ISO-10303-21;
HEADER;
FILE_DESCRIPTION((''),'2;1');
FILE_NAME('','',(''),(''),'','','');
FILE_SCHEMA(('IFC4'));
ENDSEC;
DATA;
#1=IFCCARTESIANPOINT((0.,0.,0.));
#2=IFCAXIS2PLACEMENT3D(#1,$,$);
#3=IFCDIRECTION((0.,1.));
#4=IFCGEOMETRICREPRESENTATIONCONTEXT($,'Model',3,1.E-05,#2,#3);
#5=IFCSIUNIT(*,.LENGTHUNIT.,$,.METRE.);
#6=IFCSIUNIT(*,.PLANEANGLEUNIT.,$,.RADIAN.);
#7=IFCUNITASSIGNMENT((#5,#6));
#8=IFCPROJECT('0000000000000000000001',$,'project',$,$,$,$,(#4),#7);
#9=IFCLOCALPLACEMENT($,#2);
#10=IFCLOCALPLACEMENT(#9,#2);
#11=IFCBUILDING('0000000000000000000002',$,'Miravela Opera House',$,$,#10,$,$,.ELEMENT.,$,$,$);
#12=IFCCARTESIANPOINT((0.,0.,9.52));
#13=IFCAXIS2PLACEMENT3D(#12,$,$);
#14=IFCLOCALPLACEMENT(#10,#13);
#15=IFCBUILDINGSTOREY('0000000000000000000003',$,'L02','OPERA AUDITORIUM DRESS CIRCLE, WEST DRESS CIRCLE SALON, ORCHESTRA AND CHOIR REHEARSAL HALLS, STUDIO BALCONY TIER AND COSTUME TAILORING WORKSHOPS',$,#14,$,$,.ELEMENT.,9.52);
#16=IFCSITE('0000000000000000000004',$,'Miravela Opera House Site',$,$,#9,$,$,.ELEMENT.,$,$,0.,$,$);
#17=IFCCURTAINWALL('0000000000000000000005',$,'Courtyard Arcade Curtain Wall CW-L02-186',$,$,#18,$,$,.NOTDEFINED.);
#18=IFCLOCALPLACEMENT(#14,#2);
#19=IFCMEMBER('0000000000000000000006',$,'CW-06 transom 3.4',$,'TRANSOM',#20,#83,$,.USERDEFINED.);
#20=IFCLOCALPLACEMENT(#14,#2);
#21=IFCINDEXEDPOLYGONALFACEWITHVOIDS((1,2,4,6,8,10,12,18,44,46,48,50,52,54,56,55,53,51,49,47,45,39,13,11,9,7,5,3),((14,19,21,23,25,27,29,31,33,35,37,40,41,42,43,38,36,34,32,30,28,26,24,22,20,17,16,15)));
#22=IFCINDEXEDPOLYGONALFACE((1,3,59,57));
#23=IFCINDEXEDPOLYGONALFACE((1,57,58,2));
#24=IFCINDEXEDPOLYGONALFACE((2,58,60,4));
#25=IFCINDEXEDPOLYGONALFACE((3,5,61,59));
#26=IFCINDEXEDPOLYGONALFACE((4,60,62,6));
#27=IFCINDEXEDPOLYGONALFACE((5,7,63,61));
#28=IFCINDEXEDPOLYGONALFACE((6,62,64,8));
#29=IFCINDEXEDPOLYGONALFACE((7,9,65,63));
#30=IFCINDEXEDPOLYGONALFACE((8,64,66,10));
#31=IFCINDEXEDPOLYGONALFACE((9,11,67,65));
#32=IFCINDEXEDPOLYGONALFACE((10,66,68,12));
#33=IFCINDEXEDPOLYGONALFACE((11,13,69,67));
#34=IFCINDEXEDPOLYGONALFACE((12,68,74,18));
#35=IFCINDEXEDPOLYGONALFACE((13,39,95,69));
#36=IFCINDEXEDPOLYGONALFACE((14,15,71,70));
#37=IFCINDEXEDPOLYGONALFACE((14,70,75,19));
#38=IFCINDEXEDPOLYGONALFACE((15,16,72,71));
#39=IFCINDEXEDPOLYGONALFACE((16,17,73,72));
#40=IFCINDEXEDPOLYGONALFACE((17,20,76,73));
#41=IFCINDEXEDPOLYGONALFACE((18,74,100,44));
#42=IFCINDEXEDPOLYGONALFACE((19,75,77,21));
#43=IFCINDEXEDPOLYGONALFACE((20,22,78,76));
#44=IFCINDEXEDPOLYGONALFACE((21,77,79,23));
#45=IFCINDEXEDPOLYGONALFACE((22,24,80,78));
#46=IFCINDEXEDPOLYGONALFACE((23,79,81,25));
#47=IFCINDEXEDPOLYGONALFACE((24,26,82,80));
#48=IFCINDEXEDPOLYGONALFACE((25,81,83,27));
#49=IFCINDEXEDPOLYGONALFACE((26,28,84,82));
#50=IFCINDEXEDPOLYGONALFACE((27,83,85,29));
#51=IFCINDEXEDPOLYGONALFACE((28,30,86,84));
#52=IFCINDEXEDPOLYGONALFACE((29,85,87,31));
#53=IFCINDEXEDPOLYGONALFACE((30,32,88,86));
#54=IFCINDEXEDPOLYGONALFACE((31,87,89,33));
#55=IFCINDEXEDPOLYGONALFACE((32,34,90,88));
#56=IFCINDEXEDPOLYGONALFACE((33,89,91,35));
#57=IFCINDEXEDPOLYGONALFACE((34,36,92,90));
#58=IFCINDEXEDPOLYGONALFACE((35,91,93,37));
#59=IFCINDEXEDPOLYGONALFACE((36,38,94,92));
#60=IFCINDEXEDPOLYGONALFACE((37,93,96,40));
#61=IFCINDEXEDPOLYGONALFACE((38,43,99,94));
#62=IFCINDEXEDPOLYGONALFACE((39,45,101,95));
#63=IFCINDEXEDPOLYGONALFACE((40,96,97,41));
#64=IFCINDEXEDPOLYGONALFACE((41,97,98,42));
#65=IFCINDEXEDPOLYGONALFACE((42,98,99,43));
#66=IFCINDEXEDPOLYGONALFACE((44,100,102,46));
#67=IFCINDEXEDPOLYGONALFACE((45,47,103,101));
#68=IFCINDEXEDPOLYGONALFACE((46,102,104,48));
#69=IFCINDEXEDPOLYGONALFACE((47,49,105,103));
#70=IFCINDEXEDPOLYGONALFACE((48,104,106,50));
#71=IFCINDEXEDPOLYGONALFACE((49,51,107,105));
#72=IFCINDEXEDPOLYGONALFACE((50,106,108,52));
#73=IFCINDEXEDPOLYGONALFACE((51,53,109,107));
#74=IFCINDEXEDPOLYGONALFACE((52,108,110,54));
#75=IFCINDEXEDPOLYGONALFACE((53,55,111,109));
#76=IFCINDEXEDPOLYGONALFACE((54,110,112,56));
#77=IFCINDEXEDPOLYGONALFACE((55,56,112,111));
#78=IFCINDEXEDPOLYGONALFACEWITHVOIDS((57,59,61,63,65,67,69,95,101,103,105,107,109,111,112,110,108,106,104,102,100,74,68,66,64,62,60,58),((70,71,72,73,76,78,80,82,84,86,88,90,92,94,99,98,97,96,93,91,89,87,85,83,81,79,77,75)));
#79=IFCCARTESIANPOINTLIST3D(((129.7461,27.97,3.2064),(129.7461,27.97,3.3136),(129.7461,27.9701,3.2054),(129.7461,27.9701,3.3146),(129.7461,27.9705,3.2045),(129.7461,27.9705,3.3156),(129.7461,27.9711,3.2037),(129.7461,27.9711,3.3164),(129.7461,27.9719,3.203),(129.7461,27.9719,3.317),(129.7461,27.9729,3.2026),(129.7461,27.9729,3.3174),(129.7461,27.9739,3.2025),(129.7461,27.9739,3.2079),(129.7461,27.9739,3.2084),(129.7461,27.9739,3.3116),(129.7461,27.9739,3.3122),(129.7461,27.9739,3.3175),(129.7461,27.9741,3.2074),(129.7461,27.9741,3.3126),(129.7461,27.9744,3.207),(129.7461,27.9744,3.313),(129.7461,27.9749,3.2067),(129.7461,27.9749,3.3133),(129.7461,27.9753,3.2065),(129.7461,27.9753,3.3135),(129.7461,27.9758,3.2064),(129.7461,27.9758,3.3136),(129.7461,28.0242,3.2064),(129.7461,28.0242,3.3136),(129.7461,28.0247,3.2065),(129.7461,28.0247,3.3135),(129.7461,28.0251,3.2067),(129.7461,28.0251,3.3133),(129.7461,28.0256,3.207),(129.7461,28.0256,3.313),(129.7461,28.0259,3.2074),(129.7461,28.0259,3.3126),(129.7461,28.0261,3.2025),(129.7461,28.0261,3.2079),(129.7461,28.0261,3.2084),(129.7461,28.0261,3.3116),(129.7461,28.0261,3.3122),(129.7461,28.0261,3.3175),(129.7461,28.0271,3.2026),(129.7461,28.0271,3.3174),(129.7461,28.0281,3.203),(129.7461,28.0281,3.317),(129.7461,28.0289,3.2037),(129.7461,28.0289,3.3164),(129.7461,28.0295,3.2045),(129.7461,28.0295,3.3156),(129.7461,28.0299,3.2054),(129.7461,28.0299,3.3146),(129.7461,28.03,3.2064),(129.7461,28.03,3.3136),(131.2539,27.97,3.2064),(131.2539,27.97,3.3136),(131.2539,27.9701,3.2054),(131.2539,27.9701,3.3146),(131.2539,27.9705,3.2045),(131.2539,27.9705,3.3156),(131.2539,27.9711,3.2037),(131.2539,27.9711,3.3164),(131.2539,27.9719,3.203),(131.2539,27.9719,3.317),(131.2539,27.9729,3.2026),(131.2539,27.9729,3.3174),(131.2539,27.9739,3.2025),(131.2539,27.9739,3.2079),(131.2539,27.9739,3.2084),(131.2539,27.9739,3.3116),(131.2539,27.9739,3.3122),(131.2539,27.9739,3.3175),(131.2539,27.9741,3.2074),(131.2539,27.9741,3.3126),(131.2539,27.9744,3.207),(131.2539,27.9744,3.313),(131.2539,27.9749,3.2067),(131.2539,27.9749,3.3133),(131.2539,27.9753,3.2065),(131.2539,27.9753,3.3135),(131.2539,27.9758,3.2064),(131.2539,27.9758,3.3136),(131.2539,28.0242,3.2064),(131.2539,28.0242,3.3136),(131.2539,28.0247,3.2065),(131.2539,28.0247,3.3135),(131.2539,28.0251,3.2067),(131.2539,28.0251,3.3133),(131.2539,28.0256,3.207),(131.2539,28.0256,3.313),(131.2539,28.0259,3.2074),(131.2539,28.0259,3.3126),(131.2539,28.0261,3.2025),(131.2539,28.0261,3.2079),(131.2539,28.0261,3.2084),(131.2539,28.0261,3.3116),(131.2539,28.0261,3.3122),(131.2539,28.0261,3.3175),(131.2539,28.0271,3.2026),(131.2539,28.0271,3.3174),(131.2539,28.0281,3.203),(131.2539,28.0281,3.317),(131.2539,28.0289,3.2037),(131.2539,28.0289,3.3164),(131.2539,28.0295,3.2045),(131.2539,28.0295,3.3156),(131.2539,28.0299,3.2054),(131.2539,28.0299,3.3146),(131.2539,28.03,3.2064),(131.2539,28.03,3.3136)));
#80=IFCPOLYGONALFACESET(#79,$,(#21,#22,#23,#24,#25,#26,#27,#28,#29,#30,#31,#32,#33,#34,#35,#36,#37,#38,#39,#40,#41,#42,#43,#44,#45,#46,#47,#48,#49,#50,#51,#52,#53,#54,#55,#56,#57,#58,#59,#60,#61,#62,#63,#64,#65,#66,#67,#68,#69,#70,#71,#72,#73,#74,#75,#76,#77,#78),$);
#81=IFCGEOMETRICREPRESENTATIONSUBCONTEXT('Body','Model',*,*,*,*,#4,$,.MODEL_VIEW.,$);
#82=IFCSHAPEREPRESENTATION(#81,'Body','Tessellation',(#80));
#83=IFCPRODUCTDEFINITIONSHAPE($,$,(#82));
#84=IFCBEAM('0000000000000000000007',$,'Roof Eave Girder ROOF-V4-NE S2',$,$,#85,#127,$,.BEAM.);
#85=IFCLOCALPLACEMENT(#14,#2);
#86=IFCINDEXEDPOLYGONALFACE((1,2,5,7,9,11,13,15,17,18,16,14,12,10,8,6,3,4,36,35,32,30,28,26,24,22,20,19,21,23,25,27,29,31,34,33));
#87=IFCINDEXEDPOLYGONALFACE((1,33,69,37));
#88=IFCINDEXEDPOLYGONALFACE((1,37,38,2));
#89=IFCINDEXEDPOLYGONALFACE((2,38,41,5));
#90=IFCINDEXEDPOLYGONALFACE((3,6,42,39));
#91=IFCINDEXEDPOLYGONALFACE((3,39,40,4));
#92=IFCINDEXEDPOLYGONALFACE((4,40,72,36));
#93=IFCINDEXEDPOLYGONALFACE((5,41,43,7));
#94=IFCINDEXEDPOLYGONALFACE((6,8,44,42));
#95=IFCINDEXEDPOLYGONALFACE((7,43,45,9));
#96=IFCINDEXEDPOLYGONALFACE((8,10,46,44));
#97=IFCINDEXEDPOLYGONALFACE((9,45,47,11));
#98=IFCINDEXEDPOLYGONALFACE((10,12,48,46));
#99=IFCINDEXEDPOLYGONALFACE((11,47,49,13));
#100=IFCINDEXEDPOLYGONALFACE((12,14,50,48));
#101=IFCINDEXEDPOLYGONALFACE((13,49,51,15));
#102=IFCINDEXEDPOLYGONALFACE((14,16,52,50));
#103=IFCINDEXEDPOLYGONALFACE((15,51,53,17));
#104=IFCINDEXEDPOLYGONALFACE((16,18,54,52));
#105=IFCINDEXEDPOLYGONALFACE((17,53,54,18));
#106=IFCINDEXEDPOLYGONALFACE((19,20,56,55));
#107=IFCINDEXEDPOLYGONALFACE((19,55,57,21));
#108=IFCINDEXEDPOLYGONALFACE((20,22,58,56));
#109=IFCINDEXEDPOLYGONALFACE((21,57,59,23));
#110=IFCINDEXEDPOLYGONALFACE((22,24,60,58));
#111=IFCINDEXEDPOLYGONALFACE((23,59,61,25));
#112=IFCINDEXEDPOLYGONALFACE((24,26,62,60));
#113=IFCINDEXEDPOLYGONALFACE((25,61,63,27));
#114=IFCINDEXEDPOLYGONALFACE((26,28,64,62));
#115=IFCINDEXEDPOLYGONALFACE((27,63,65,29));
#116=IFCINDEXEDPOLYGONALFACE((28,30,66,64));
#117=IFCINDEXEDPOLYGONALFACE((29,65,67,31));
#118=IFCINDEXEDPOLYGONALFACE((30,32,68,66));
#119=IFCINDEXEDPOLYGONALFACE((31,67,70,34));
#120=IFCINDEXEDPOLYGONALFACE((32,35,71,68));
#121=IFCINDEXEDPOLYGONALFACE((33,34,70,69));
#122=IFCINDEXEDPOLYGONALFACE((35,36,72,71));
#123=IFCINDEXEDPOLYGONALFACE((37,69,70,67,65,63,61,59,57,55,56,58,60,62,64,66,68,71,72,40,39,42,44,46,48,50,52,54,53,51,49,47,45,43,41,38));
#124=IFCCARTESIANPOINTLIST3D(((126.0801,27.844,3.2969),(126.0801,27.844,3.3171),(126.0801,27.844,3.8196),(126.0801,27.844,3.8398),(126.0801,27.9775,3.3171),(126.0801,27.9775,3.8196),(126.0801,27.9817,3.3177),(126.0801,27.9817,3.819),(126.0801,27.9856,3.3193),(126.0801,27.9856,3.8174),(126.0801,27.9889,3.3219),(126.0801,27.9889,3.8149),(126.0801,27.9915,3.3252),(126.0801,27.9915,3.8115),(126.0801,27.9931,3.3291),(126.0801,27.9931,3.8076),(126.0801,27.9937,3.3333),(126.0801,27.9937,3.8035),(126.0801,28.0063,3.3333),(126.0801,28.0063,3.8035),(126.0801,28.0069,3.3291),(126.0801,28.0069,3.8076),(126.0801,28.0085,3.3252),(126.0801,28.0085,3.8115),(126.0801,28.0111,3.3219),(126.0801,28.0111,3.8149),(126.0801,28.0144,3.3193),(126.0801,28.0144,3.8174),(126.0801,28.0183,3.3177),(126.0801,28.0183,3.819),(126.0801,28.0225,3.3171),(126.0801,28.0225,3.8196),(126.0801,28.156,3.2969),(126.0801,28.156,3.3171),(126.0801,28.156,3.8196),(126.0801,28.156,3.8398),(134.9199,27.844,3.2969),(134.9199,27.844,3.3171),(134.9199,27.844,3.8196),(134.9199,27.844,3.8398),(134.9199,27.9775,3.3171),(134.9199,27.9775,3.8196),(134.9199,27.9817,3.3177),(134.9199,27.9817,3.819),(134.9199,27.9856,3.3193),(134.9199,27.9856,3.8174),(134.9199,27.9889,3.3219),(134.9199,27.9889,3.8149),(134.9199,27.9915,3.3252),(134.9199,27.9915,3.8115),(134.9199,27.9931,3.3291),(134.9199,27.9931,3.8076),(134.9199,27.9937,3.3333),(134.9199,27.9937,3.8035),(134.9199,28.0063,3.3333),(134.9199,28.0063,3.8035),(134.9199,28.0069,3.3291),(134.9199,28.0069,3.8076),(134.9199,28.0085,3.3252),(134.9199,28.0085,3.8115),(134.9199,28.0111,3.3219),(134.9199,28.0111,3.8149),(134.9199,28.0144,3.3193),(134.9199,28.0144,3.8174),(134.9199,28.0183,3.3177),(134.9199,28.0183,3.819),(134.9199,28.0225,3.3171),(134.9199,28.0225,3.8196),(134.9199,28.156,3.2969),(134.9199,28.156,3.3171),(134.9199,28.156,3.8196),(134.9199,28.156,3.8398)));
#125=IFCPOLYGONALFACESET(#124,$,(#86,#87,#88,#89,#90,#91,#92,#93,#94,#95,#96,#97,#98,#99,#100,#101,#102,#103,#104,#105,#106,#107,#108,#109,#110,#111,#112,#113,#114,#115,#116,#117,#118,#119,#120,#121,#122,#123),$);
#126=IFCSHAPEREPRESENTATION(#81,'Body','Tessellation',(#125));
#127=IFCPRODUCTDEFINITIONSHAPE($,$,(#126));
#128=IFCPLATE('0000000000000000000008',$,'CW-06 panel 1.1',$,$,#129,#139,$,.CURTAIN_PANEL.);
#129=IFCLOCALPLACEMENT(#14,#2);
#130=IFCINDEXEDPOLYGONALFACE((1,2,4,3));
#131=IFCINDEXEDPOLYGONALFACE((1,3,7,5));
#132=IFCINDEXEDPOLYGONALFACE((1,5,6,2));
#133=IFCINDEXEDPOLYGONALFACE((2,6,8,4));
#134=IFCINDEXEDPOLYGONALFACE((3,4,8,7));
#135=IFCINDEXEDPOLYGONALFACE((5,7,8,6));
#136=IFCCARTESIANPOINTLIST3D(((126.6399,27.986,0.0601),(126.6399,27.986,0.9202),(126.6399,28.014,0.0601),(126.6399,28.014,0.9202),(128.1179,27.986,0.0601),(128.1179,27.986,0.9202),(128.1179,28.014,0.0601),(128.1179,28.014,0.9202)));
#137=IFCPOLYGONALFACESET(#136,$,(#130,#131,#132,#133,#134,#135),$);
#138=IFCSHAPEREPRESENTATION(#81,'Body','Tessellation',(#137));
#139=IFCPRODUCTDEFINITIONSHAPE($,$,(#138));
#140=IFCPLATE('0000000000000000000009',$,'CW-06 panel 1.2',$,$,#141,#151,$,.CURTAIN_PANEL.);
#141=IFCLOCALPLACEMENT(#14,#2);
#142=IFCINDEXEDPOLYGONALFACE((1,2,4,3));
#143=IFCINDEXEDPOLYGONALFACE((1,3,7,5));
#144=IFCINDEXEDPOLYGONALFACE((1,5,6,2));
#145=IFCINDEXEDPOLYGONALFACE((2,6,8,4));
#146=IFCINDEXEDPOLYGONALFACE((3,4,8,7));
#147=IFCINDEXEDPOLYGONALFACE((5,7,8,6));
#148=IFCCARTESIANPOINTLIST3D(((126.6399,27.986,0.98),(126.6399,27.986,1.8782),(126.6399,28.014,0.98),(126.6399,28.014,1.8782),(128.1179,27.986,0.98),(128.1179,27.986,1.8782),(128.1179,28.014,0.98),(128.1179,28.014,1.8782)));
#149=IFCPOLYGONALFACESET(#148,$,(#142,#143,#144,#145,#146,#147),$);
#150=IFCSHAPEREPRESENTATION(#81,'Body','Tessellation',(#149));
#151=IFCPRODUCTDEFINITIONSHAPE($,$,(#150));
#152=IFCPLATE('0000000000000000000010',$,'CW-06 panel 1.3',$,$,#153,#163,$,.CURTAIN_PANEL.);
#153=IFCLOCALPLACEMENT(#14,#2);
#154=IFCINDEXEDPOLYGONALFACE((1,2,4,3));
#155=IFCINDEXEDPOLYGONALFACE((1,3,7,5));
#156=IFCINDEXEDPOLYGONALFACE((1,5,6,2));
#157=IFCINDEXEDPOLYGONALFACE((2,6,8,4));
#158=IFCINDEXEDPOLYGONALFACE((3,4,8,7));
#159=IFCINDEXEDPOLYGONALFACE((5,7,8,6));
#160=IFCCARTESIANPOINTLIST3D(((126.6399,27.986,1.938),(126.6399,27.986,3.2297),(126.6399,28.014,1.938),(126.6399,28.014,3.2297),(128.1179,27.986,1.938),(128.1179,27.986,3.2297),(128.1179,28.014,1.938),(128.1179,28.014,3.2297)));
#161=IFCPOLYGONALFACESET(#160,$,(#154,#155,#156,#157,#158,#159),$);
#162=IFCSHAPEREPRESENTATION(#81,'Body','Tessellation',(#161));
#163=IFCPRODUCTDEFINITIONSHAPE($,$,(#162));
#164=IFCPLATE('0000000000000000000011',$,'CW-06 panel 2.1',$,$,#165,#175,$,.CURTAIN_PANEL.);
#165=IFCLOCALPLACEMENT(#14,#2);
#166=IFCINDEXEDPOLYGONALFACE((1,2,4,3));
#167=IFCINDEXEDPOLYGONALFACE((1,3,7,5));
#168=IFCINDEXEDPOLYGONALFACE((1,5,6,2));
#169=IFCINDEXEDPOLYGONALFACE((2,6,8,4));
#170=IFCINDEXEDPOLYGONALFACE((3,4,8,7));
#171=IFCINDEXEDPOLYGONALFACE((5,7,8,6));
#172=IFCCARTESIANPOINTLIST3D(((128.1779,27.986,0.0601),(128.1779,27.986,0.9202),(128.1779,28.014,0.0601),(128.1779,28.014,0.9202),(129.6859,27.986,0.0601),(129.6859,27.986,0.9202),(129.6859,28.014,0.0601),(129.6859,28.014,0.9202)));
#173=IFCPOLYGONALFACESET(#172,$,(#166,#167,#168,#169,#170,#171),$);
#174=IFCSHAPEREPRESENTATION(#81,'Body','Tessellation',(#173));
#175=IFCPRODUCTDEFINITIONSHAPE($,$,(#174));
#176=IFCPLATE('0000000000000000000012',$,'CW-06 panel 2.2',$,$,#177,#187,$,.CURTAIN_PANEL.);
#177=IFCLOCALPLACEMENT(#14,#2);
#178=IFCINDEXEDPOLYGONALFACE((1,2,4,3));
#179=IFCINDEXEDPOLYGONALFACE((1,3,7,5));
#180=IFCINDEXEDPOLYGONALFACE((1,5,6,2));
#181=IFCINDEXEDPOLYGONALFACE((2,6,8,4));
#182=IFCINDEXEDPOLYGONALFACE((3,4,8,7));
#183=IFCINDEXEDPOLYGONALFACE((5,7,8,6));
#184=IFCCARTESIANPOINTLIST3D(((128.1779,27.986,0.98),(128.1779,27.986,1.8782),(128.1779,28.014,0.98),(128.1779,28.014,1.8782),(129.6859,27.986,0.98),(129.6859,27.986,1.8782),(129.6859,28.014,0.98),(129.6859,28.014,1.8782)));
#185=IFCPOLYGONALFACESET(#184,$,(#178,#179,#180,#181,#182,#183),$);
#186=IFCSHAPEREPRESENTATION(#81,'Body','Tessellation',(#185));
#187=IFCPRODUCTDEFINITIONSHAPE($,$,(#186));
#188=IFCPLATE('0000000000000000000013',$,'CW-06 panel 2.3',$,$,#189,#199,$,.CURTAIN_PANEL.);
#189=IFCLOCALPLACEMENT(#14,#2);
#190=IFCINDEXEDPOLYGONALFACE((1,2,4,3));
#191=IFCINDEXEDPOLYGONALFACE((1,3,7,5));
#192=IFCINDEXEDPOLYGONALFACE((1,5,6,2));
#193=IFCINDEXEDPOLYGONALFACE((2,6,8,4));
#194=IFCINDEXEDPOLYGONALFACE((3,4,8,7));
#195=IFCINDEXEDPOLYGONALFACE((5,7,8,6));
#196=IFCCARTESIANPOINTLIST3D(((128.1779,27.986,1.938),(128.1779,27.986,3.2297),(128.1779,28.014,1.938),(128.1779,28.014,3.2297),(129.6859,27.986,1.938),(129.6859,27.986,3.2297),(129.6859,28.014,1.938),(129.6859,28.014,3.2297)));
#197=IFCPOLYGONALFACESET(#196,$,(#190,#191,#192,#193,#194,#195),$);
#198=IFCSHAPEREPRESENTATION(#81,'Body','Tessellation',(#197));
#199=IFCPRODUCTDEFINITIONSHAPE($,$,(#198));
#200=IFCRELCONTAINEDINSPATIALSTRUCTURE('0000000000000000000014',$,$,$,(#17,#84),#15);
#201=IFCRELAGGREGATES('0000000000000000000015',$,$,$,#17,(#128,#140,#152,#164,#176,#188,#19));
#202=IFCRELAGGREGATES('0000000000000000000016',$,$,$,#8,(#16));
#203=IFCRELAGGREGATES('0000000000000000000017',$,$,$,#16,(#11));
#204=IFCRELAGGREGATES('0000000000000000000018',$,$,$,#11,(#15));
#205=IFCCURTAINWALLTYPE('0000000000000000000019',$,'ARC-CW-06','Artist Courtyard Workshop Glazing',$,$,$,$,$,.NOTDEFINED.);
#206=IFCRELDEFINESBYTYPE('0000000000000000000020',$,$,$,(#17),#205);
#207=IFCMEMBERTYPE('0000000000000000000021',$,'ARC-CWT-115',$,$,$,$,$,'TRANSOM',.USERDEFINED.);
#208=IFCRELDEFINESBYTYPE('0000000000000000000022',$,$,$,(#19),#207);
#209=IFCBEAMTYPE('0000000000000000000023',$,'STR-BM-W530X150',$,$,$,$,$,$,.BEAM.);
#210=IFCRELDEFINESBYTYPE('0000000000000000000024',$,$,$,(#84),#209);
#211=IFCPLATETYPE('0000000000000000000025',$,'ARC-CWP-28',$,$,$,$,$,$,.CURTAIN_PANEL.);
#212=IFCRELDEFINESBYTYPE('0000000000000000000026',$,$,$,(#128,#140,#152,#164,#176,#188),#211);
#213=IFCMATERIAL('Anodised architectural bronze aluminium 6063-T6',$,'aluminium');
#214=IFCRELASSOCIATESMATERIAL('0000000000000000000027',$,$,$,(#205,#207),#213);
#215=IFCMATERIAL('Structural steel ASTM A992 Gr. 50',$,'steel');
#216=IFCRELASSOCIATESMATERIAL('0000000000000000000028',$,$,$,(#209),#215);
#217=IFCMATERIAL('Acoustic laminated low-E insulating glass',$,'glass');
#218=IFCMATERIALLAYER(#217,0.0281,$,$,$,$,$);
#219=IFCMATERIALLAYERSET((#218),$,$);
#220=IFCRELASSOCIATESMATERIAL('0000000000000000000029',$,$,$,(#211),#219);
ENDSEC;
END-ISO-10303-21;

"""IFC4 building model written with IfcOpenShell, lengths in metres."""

from ifc_helpers import new_model, si_unit, direction, frame, origin, origin_2d, place, context, subcontext, project, spatial, rectangle, hollow_rectangle, i_section, extrude, material, layer, layer_set, material_profile, profile_set, type_object, element, aggregate, save


model = new_model("IFC4")

# Units and contexts
model_context = context("Model", 3, precision=1e-05, world=origin(), true_north=direction((0.0, 1.0)))
body_context = subcontext(model_context, "Body", "Model", "MODEL_VIEW")
ifc_project = project(units=[si_unit("LENGTHUNIT", "METRE"), si_unit("PLANEANGLEUNIT", "RADIAN")], contexts=[model_context])

# Site, building, storey
site_placement = place(None, origin())
site = spatial("IfcSite", under=ifc_project, at=site_placement, Name="Miravela Opera House Site", CompositionType="ELEMENT", RefElevation=0.0)
building_placement = place(site_placement, origin())
building = spatial("IfcBuilding", under=site, at=building_placement, Name="Miravela Opera House", CompositionType="ELEMENT")
storey_placement = place(building_placement, frame((0.0, 0.0, 9.52)))
storey = spatial("IfcBuildingStorey", under=building, at=storey_placement, Name="L02", Description="OPERA AUDITORIUM DRESS CIRCLE, WEST DRESS CIRCLE SALON, ORCHESTRA AND CHOIR REHEARSAL HALLS, STUDIO BALCONY TIER AND COSTUME TAILORING WORKSHOPS", CompositionType="ELEMENT", Elevation=9.52)

# Curtain wall, member
ifc_material_1 = material(Name="Anodised architectural bronze aluminium 6063-T6", Category="aluminium")
curtain_wall_type = type_object("IfcCurtainWallType", Name="ARC-CW-06", Description="Artist Courtyard Workshop Glazing", PredefinedType="NOTDEFINED", material=ifc_material_1)
curtain_wall_placement = place(storey_placement, origin())
curtain_wall = element("IfcCurtainWall", 1, at=curtain_wall_placement, inside=storey, type_object=curtain_wall_type, Name="Courtyard Arcade Curtain Wall CW-L02-186", PredefinedType="NOTDEFINED")
ifc_material_profile_1 = material_profile(ifc_material_1, hollow_rectangle(XDim=0.0601, YDim=0.115, WallThickness=0.0039, InnerFilletRadius=0.002, OuterFilletRadius=0.0039, at=origin_2d()), Name="CWT-60X115")
ifc_profile_set_1 = profile_set([ifc_material_profile_1])
member_type_1 = type_object("IfcMemberType", Name="ARC-CWT-115", ElementType="TRANSOM", PredefinedType="USERDEFINED", material=ifc_profile_set_1)
member_1_placement = place(storey_placement, frame((129.7461, 28.0, 3.26), z_axis=(1.0, 0.0, 0.0), x_axis=(0.0, 1.0, 0.0)))
member_1 = element("IfcMember", 2, at=member_1_placement, type_object=member_type_1, Name="CW-06 transom 3.4", ObjectType="TRANSOM", PredefinedType="USERDEFINED", context=body_context, shape_type="SweptSolid", body=[
    extrude(hollow_rectangle(XDim=0.0601, YDim=0.115, WallThickness=0.0039, InnerFilletRadius=0.002, OuterFilletRadius=0.0039, at=origin_2d()), origin(), (0.0, 0.0, 1.0), 1.5078),
])

# Beam
ifc_material_2 = material(Name="Structural steel ASTM A992 Gr. 50", Category="steel")
ifc_material_profile_2 = material_profile(ifc_material_2, i_section(OverallWidth=0.312, OverallDepth=0.543, WebThickness=0.0127, FlangeThickness=0.0203, FilletRadius=0.0161, at=origin_2d()), Name="W530X150")
ifc_profile_set_2 = profile_set([ifc_material_profile_2])
beam_type = type_object("IfcBeamType", Name="STR-BM-W530X150", PredefinedType="BEAM", material=ifc_profile_set_2)
beam_placement = place(storey_placement, frame((126.0801, 28.0, 3.5684), z_axis=(1.0, 0.0, 0.0), x_axis=(0.0, 1.0, 0.0)))
element("IfcBeam", 3, at=beam_placement, inside=storey, type_object=beam_type, Name="Roof Eave Girder ROOF-V4-NE S2", PredefinedType="BEAM", context=body_context, shape_type="SweptSolid", body=[
    extrude(i_section(OverallWidth=0.312, OverallDepth=0.543, WebThickness=0.0127, FlangeThickness=0.0203, FilletRadius=0.0161, at=origin_2d()), origin(), (0.0, 0.0, 1.0), 8.8398),
])

# Plates
ifc_material_3 = material(Name="Acoustic laminated low-E insulating glass", Category="glass")
ifc_layer = layer(ifc_material_3, 0.0281)
ifc_layer_set = layer_set([ifc_layer])
plate_type = type_object("IfcPlateType", Name="ARC-CWP-28", PredefinedType="CURTAIN_PANEL", material=ifc_layer_set)
plate_1_placement = place(storey_placement, frame((127.3789, 28.0, 0.0601), z_axis=(0.0, 0.0, 1.0), x_axis=(1.0, 0.0, 0.0)))
plate_1 = element("IfcPlate", 4, at=plate_1_placement, type_object=plate_type, Name="CW-06 panel 1.1", PredefinedType="CURTAIN_PANEL", context=body_context, shape_type="SweptSolid", body=[
    extrude(rectangle(XDim=1.478, YDim=0.0281, at=origin_2d()), origin(), (0.0, 0.0, 1.0), 0.8601),
])
plate_2_placement = place(storey_placement, frame((127.3789, 28.0, 0.98), z_axis=(0.0, 0.0, 1.0), x_axis=(1.0, 0.0, 0.0)))
plate_2 = element("IfcPlate", 5, at=plate_2_placement, type_object=plate_type, Name="CW-06 panel 1.2", PredefinedType="CURTAIN_PANEL", context=body_context, shape_type="SweptSolid", body=[
    extrude(rectangle(XDim=1.478, YDim=0.0281, at=origin_2d()), origin(), (0.0, 0.0, 1.0), 0.8982),
])
plate_3_placement = place(storey_placement, frame((127.3789, 28.0, 1.938), z_axis=(0.0, 0.0, 1.0), x_axis=(1.0, 0.0, 0.0)))
plate_3 = element("IfcPlate", 6, at=plate_3_placement, type_object=plate_type, Name="CW-06 panel 1.3", PredefinedType="CURTAIN_PANEL", context=body_context, shape_type="SweptSolid", body=[
    extrude(rectangle(XDim=1.478, YDim=0.0281, at=origin_2d()), origin(), (0.0, 0.0, 1.0), 1.2917),
])
plate_4_placement = place(storey_placement, frame((128.9319, 28.0, 0.0601), z_axis=(0.0, 0.0, 1.0), x_axis=(1.0, 0.0, 0.0)))
plate_4 = element("IfcPlate", 7, at=plate_4_placement, type_object=plate_type, Name="CW-06 panel 2.1", PredefinedType="CURTAIN_PANEL", context=body_context, shape_type="SweptSolid", body=[
    extrude(rectangle(XDim=1.5081, YDim=0.0281, at=origin_2d()), origin(), (0.0, 0.0, 1.0), 0.8601),
])
plate_5_placement = place(storey_placement, frame((128.9319, 28.0, 0.98), z_axis=(0.0, 0.0, 1.0), x_axis=(1.0, 0.0, 0.0)))
plate_5 = element("IfcPlate", 8, at=plate_5_placement, type_object=plate_type, Name="CW-06 panel 2.2", PredefinedType="CURTAIN_PANEL", context=body_context, shape_type="SweptSolid", body=[
    extrude(rectangle(XDim=1.5081, YDim=0.0281, at=origin_2d()), origin(), (0.0, 0.0, 1.0), 0.8982),
])
plate_6_placement = place(storey_placement, frame((128.9319, 28.0, 1.938), z_axis=(0.0, 0.0, 1.0), x_axis=(1.0, 0.0, 0.0)))
plate_6 = element("IfcPlate", 9, at=plate_6_placement, type_object=plate_type, Name="CW-06 panel 2.3", PredefinedType="CURTAIN_PANEL", context=body_context, shape_type="SweptSolid", body=[
    extrude(rectangle(XDim=1.5081, YDim=0.0281, at=origin_2d()), origin(), (0.0, 0.0, 1.0), 1.2917),
])
aggregate(curtain_wall, [plate_1, plate_2, plate_3, plate_4, plate_5, plate_6, member_1])

save(model, "model.ifc")
